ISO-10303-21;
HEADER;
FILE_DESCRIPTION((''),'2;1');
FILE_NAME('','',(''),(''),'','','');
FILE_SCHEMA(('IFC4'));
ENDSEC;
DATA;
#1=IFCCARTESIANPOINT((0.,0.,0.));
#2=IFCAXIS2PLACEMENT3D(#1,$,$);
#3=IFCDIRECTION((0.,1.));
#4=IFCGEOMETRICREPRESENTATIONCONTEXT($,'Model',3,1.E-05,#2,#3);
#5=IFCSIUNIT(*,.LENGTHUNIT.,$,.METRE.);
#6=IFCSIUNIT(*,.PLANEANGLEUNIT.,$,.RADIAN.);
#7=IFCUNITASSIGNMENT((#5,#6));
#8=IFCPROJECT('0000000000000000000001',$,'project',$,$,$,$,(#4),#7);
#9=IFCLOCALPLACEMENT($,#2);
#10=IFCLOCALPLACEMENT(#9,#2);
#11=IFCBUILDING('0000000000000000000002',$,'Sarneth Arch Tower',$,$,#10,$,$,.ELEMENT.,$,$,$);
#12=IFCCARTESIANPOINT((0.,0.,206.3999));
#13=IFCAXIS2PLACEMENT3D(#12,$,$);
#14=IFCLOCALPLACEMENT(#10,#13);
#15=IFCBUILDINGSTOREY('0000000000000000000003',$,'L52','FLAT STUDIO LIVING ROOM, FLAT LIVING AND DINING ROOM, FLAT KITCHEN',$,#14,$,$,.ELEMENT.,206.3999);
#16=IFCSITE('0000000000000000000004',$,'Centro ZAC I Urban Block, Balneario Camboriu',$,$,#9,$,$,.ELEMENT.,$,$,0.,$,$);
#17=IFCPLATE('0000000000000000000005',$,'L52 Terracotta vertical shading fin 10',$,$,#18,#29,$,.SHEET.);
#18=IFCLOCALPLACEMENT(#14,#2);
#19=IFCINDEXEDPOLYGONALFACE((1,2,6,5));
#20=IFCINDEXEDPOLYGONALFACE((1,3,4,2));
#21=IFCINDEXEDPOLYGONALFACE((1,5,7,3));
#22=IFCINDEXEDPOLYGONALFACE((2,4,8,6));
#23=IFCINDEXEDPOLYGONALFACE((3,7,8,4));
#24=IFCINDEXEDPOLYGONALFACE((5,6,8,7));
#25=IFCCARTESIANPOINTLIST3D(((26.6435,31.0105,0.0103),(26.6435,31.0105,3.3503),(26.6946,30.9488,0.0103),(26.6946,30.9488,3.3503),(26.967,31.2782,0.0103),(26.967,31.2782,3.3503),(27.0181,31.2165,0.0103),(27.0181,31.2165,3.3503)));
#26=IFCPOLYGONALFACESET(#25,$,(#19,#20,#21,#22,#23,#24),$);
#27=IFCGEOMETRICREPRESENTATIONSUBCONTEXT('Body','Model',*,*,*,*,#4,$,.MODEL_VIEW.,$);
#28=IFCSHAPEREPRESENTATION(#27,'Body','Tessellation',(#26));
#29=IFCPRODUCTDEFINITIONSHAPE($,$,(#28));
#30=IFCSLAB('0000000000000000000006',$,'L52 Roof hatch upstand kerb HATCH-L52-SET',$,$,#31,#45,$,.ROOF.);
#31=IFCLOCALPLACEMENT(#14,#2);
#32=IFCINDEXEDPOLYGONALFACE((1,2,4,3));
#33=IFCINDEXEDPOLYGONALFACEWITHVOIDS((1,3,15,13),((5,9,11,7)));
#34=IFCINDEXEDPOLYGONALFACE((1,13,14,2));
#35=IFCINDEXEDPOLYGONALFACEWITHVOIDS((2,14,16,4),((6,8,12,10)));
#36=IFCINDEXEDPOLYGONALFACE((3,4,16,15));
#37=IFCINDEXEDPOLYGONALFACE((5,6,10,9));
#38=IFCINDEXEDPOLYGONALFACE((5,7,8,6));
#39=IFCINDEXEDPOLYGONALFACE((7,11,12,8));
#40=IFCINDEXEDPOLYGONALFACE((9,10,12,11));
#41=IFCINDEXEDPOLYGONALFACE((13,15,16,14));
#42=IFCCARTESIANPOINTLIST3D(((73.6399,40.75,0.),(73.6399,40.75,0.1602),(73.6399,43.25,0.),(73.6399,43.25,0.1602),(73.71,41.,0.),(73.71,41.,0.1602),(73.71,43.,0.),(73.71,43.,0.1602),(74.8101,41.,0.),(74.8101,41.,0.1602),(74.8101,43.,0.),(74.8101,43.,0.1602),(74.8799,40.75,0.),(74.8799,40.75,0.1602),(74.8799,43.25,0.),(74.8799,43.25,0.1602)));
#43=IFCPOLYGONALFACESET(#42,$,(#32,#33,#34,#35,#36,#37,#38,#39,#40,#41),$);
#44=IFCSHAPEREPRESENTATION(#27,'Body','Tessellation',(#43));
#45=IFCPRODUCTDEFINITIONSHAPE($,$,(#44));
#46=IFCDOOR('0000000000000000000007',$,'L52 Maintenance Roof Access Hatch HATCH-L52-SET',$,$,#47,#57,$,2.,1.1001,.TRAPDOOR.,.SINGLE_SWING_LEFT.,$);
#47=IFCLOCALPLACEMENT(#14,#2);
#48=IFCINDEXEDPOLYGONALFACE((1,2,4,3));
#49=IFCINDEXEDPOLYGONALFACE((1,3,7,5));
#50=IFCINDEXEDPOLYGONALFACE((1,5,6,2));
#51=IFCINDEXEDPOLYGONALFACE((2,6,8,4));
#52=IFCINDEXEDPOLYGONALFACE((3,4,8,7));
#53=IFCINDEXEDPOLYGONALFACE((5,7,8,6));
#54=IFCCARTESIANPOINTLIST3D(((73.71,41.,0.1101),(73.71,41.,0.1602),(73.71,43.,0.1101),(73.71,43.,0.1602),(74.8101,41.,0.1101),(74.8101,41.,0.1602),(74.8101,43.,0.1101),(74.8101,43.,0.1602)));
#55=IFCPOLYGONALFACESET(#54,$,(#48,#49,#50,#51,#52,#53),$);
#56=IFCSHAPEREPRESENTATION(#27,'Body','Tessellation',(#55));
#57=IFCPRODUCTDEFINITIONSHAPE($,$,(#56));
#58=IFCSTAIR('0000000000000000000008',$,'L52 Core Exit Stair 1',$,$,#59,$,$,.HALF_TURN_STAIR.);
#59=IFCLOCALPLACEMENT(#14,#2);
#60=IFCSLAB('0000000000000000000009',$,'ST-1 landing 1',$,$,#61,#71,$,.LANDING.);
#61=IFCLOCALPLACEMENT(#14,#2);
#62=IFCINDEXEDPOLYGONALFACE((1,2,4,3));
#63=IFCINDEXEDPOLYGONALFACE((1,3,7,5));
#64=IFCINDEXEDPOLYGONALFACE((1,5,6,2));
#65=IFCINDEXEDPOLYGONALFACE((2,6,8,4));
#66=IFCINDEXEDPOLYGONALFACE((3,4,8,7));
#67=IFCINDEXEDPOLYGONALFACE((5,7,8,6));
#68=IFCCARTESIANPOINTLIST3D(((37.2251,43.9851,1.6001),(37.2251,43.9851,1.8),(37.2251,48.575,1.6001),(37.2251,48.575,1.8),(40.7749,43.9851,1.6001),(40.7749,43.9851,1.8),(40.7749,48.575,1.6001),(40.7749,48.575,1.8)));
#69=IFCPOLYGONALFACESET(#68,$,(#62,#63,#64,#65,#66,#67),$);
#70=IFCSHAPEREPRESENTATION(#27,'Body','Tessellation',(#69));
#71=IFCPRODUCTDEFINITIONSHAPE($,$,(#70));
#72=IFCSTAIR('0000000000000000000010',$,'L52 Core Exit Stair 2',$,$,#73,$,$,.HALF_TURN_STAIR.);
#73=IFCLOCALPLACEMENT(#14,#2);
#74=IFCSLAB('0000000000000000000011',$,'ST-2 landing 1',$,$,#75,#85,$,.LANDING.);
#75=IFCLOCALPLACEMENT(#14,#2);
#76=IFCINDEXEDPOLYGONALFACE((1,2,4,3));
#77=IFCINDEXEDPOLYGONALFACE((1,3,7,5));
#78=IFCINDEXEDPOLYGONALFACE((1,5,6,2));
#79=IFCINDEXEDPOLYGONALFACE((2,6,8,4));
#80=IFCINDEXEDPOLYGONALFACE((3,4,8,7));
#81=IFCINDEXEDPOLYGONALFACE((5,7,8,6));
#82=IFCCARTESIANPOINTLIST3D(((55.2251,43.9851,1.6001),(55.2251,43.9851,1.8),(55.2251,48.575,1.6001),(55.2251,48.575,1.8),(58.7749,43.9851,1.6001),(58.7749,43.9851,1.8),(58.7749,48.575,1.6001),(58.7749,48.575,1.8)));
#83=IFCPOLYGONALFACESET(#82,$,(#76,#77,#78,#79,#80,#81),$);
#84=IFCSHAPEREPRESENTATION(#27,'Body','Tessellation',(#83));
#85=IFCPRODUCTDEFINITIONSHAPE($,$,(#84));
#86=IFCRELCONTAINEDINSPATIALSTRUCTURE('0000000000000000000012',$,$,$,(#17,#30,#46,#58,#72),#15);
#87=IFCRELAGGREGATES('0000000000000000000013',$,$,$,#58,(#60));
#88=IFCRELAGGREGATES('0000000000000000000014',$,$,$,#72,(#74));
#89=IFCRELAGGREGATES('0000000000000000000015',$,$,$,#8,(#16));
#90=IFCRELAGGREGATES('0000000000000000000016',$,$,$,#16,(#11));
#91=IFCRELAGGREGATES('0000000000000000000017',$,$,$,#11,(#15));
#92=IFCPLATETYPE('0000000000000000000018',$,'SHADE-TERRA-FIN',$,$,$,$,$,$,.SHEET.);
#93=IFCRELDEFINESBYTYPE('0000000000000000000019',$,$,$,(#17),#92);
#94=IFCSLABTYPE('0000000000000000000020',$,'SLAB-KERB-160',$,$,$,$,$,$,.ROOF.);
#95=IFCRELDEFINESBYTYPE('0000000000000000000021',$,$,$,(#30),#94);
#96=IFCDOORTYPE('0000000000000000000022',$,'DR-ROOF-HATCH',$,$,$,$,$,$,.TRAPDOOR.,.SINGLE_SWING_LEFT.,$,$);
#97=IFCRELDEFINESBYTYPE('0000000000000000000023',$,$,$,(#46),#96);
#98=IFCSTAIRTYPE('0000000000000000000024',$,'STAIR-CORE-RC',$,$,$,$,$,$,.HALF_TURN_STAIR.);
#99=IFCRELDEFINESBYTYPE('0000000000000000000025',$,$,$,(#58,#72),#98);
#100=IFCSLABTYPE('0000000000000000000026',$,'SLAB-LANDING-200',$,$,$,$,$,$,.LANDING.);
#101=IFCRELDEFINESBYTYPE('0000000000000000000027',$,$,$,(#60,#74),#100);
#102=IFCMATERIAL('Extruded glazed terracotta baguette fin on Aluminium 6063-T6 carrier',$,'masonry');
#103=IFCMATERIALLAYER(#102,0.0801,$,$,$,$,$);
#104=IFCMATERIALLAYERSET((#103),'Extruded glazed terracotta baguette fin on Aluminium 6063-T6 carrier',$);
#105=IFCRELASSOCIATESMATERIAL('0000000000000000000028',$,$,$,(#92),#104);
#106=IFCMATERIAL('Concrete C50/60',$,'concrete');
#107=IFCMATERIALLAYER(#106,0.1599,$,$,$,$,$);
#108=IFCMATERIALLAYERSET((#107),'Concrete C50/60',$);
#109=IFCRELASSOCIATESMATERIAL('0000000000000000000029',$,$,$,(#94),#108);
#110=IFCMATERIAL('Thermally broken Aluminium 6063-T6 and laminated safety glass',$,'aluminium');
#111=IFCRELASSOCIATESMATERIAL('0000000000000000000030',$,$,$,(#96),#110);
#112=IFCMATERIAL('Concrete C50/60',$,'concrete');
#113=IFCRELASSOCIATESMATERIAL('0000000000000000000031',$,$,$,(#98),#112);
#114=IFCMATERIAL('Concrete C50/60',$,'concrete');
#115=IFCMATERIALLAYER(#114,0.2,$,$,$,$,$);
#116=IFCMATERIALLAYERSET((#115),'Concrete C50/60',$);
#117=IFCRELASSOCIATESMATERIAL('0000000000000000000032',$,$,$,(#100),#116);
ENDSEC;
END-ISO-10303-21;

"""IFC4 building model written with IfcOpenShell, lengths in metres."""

from ifc_helpers import new_model, si_unit, direction, frame, origin, origin_2d, place, context, subcontext, project, spatial, polyline, rectangle, outline, extrude, material, layer, layer_set, type_object, element, fill, aggregate, save


model = new_model("IFC4")

# Units and contexts
model_context = context("Model", 3, precision=1e-05, world=origin(), true_north=direction((0.0, 1.0)))
body_context = subcontext(model_context, "Body", "Model", "MODEL_VIEW")
ifc_project = project(units=[si_unit("LENGTHUNIT", "METRE"), si_unit("PLANEANGLEUNIT", "RADIAN")], contexts=[model_context])

# Site, building, storey
site_placement = place(None, origin())
site = spatial("IfcSite", under=ifc_project, at=site_placement, Name="Centro ZAC I Urban Block, Balneario Camboriu", CompositionType="ELEMENT", RefElevation=0.0)
building_placement = place(site_placement, origin())
building = spatial("IfcBuilding", under=site, at=building_placement, Name="Sarneth Arch Tower", CompositionType="ELEMENT")
storey_placement = place(building_placement, frame((0.0, 0.0, 206.3999)))
storey = spatial("IfcBuildingStorey", under=building, at=storey_placement, Name="L52", Description="FLAT STUDIO LIVING ROOM, FLAT LIVING AND DINING ROOM, FLAT KITCHEN", CompositionType="ELEMENT", Elevation=206.3999)

# Plate
ifc_material_1 = material(Name="Extruded glazed terracotta baguette fin on Aluminium 6063-T6 carrier", Category="masonry")
ifc_layer_1 = layer(ifc_material_1, 0.0801)
ifc_layer_set_1 = layer_set([ifc_layer_1], Name="Extruded glazed terracotta baguette fin on Aluminium 6063-T6 carrier")
plate_type_1 = type_object("IfcPlateType", Name="SHADE-TERRA-FIN", PredefinedType="SHEET", material=ifc_layer_set_1)
plate_1_placement = place(storey_placement, frame((26.8308, 31.1135, 0.0103), z_axis=(0.0, 0.0, 1.0), x_axis=(-0.770402, -0.637558, 0.0)))
element("IfcPlate", 1, at=plate_1_placement, inside=storey, type_object=plate_type_1, Name="L52 Terracotta vertical shading fin 10", PredefinedType="SHEET", context=body_context, shape_type="SweptSolid", body=[
    extrude(rectangle(XDim=0.4199, YDim=0.0801, at=origin_2d()), origin(), (0.0, 0.0, 1.0), 3.3401),
])

# Slab, opening, door
ifc_material_2 = material(Name="Concrete C50/60", Category="concrete")
ifc_layer_2 = layer(ifc_material_2, 0.1599)
ifc_layer_set_2 = layer_set([ifc_layer_2], Name="Concrete C50/60")
slab_type_1 = type_object("IfcSlabType", Name="SLAB-KERB-160", PredefinedType="ROOF", material=ifc_layer_set_2)
slab_1_placement = place(storey_placement, origin())
slab_1 = element("IfcSlab", 2, at=slab_1_placement, inside=storey, type_object=slab_type_1, Name="L52 Roof hatch upstand kerb HATCH-L52-SET", PredefinedType="ROOF", context=body_context, shape_type="SweptSolid", body=[
    extrude(outline(polyline([(73.6399, 40.75), (74.8799, 40.75), (74.8799, 43.25), (73.6399, 43.25), (73.6399, 40.75)]), holes=[polyline([(73.71, 41.0), (74.8101, 41.0), (74.8101, 43.0), (73.71, 43.0), (73.71, 41.0)])]), origin(), (0.0, 0.0, 1.0), 0.1602),
])
opening_placement = place(slab_1_placement, frame((74.26, 42.0, 0.0)))
opening = element("IfcOpeningElement", 3, at=opening_placement, cuts=slab_1, PredefinedType="OPENING", context=body_context, shape_type="SweptSolid", body=[
    extrude(rectangle(XDim=1.1001, YDim=2.0, at=origin_2d()), origin(), (0.0, 0.0, 1.0), 0.1602),
])
ifc_material_3 = material(Name="Thermally broken Aluminium 6063-T6 and laminated safety glass", Category="aluminium")
door_type = type_object("IfcDoorType", Name="DR-ROOF-HATCH", OperationType="SINGLE_SWING_LEFT", PredefinedType="TRAPDOOR", material=ifc_material_3)
door_placement = place(opening_placement, frame((0.0, 0.0, 0.1101)))
door = element("IfcDoor", 4, at=door_placement, inside=storey, type_object=door_type, Name="L52 Maintenance Roof Access Hatch HATCH-L52-SET", OperationType="SINGLE_SWING_LEFT", OverallHeight=2.0, OverallWidth=1.1001, PredefinedType="TRAPDOOR", context=body_context, shape_type="SweptSolid", body=[
    extrude(rectangle(XDim=1.1001, YDim=2.0, at=origin_2d()), origin(), (0.0, 0.0, 1.0), 0.05),
])
fill(opening, door)

# Stairs, slabs
ifc_material_4 = material(Name="Concrete C50/60", Category="concrete")
stair_type = type_object("IfcStairType", Name="STAIR-CORE-RC", PredefinedType="HALF_TURN_STAIR", material=ifc_material_4)
stair_1_placement = place(storey_placement, origin())
stair_1 = element("IfcStair", 5, at=stair_1_placement, inside=storey, type_object=stair_type, Name="L52 Core Exit Stair 1", PredefinedType="HALF_TURN_STAIR")
ifc_material_5 = material(Name="Concrete C50/60", Category="concrete")
ifc_layer_3 = layer(ifc_material_5, 0.2)
ifc_layer_set_3 = layer_set([ifc_layer_3], Name="Concrete C50/60")
slab_type_2 = type_object("IfcSlabType", Name="SLAB-LANDING-200", PredefinedType="LANDING", material=ifc_layer_set_3)
slab_2_placement = place(storey_placement, frame((0.0, 0.0, 1.6001)))
slab_2 = element("IfcSlab", 6, at=slab_2_placement, type_object=slab_type_2, Name="ST-1 landing 1", PredefinedType="LANDING", context=body_context, shape_type="SweptSolid", body=[
    extrude(outline(polyline([(37.2251, 43.9851), (40.7749, 43.9851), (40.7749, 48.575), (37.2251, 48.575), (37.2251, 43.9851)])), origin(), (0.0, 0.0, 1.0), 0.2),
])
aggregate(stair_1, [slab_2])
stair_2_placement = place(storey_placement, origin())
stair_2 = element("IfcStair", 7, at=stair_2_placement, inside=storey, type_object=stair_type, Name="L52 Core Exit Stair 2", PredefinedType="HALF_TURN_STAIR")
slab_3_placement = place(storey_placement, frame((0.0, 0.0, 1.6001)))
slab_3 = element("IfcSlab", 8, at=slab_3_placement, type_object=slab_type_2, Name="ST-2 landing 1", PredefinedType="LANDING", context=body_context, shape_type="SweptSolid", body=[
    extrude(outline(polyline([(55.2251, 43.9851), (58.7749, 43.9851), (58.7749, 48.575), (55.2251, 48.575), (55.2251, 43.9851)])), origin(), (0.0, 0.0, 1.0), 0.2),
])
aggregate(stair_2, [slab_3])

save(model, "model.ifc")
